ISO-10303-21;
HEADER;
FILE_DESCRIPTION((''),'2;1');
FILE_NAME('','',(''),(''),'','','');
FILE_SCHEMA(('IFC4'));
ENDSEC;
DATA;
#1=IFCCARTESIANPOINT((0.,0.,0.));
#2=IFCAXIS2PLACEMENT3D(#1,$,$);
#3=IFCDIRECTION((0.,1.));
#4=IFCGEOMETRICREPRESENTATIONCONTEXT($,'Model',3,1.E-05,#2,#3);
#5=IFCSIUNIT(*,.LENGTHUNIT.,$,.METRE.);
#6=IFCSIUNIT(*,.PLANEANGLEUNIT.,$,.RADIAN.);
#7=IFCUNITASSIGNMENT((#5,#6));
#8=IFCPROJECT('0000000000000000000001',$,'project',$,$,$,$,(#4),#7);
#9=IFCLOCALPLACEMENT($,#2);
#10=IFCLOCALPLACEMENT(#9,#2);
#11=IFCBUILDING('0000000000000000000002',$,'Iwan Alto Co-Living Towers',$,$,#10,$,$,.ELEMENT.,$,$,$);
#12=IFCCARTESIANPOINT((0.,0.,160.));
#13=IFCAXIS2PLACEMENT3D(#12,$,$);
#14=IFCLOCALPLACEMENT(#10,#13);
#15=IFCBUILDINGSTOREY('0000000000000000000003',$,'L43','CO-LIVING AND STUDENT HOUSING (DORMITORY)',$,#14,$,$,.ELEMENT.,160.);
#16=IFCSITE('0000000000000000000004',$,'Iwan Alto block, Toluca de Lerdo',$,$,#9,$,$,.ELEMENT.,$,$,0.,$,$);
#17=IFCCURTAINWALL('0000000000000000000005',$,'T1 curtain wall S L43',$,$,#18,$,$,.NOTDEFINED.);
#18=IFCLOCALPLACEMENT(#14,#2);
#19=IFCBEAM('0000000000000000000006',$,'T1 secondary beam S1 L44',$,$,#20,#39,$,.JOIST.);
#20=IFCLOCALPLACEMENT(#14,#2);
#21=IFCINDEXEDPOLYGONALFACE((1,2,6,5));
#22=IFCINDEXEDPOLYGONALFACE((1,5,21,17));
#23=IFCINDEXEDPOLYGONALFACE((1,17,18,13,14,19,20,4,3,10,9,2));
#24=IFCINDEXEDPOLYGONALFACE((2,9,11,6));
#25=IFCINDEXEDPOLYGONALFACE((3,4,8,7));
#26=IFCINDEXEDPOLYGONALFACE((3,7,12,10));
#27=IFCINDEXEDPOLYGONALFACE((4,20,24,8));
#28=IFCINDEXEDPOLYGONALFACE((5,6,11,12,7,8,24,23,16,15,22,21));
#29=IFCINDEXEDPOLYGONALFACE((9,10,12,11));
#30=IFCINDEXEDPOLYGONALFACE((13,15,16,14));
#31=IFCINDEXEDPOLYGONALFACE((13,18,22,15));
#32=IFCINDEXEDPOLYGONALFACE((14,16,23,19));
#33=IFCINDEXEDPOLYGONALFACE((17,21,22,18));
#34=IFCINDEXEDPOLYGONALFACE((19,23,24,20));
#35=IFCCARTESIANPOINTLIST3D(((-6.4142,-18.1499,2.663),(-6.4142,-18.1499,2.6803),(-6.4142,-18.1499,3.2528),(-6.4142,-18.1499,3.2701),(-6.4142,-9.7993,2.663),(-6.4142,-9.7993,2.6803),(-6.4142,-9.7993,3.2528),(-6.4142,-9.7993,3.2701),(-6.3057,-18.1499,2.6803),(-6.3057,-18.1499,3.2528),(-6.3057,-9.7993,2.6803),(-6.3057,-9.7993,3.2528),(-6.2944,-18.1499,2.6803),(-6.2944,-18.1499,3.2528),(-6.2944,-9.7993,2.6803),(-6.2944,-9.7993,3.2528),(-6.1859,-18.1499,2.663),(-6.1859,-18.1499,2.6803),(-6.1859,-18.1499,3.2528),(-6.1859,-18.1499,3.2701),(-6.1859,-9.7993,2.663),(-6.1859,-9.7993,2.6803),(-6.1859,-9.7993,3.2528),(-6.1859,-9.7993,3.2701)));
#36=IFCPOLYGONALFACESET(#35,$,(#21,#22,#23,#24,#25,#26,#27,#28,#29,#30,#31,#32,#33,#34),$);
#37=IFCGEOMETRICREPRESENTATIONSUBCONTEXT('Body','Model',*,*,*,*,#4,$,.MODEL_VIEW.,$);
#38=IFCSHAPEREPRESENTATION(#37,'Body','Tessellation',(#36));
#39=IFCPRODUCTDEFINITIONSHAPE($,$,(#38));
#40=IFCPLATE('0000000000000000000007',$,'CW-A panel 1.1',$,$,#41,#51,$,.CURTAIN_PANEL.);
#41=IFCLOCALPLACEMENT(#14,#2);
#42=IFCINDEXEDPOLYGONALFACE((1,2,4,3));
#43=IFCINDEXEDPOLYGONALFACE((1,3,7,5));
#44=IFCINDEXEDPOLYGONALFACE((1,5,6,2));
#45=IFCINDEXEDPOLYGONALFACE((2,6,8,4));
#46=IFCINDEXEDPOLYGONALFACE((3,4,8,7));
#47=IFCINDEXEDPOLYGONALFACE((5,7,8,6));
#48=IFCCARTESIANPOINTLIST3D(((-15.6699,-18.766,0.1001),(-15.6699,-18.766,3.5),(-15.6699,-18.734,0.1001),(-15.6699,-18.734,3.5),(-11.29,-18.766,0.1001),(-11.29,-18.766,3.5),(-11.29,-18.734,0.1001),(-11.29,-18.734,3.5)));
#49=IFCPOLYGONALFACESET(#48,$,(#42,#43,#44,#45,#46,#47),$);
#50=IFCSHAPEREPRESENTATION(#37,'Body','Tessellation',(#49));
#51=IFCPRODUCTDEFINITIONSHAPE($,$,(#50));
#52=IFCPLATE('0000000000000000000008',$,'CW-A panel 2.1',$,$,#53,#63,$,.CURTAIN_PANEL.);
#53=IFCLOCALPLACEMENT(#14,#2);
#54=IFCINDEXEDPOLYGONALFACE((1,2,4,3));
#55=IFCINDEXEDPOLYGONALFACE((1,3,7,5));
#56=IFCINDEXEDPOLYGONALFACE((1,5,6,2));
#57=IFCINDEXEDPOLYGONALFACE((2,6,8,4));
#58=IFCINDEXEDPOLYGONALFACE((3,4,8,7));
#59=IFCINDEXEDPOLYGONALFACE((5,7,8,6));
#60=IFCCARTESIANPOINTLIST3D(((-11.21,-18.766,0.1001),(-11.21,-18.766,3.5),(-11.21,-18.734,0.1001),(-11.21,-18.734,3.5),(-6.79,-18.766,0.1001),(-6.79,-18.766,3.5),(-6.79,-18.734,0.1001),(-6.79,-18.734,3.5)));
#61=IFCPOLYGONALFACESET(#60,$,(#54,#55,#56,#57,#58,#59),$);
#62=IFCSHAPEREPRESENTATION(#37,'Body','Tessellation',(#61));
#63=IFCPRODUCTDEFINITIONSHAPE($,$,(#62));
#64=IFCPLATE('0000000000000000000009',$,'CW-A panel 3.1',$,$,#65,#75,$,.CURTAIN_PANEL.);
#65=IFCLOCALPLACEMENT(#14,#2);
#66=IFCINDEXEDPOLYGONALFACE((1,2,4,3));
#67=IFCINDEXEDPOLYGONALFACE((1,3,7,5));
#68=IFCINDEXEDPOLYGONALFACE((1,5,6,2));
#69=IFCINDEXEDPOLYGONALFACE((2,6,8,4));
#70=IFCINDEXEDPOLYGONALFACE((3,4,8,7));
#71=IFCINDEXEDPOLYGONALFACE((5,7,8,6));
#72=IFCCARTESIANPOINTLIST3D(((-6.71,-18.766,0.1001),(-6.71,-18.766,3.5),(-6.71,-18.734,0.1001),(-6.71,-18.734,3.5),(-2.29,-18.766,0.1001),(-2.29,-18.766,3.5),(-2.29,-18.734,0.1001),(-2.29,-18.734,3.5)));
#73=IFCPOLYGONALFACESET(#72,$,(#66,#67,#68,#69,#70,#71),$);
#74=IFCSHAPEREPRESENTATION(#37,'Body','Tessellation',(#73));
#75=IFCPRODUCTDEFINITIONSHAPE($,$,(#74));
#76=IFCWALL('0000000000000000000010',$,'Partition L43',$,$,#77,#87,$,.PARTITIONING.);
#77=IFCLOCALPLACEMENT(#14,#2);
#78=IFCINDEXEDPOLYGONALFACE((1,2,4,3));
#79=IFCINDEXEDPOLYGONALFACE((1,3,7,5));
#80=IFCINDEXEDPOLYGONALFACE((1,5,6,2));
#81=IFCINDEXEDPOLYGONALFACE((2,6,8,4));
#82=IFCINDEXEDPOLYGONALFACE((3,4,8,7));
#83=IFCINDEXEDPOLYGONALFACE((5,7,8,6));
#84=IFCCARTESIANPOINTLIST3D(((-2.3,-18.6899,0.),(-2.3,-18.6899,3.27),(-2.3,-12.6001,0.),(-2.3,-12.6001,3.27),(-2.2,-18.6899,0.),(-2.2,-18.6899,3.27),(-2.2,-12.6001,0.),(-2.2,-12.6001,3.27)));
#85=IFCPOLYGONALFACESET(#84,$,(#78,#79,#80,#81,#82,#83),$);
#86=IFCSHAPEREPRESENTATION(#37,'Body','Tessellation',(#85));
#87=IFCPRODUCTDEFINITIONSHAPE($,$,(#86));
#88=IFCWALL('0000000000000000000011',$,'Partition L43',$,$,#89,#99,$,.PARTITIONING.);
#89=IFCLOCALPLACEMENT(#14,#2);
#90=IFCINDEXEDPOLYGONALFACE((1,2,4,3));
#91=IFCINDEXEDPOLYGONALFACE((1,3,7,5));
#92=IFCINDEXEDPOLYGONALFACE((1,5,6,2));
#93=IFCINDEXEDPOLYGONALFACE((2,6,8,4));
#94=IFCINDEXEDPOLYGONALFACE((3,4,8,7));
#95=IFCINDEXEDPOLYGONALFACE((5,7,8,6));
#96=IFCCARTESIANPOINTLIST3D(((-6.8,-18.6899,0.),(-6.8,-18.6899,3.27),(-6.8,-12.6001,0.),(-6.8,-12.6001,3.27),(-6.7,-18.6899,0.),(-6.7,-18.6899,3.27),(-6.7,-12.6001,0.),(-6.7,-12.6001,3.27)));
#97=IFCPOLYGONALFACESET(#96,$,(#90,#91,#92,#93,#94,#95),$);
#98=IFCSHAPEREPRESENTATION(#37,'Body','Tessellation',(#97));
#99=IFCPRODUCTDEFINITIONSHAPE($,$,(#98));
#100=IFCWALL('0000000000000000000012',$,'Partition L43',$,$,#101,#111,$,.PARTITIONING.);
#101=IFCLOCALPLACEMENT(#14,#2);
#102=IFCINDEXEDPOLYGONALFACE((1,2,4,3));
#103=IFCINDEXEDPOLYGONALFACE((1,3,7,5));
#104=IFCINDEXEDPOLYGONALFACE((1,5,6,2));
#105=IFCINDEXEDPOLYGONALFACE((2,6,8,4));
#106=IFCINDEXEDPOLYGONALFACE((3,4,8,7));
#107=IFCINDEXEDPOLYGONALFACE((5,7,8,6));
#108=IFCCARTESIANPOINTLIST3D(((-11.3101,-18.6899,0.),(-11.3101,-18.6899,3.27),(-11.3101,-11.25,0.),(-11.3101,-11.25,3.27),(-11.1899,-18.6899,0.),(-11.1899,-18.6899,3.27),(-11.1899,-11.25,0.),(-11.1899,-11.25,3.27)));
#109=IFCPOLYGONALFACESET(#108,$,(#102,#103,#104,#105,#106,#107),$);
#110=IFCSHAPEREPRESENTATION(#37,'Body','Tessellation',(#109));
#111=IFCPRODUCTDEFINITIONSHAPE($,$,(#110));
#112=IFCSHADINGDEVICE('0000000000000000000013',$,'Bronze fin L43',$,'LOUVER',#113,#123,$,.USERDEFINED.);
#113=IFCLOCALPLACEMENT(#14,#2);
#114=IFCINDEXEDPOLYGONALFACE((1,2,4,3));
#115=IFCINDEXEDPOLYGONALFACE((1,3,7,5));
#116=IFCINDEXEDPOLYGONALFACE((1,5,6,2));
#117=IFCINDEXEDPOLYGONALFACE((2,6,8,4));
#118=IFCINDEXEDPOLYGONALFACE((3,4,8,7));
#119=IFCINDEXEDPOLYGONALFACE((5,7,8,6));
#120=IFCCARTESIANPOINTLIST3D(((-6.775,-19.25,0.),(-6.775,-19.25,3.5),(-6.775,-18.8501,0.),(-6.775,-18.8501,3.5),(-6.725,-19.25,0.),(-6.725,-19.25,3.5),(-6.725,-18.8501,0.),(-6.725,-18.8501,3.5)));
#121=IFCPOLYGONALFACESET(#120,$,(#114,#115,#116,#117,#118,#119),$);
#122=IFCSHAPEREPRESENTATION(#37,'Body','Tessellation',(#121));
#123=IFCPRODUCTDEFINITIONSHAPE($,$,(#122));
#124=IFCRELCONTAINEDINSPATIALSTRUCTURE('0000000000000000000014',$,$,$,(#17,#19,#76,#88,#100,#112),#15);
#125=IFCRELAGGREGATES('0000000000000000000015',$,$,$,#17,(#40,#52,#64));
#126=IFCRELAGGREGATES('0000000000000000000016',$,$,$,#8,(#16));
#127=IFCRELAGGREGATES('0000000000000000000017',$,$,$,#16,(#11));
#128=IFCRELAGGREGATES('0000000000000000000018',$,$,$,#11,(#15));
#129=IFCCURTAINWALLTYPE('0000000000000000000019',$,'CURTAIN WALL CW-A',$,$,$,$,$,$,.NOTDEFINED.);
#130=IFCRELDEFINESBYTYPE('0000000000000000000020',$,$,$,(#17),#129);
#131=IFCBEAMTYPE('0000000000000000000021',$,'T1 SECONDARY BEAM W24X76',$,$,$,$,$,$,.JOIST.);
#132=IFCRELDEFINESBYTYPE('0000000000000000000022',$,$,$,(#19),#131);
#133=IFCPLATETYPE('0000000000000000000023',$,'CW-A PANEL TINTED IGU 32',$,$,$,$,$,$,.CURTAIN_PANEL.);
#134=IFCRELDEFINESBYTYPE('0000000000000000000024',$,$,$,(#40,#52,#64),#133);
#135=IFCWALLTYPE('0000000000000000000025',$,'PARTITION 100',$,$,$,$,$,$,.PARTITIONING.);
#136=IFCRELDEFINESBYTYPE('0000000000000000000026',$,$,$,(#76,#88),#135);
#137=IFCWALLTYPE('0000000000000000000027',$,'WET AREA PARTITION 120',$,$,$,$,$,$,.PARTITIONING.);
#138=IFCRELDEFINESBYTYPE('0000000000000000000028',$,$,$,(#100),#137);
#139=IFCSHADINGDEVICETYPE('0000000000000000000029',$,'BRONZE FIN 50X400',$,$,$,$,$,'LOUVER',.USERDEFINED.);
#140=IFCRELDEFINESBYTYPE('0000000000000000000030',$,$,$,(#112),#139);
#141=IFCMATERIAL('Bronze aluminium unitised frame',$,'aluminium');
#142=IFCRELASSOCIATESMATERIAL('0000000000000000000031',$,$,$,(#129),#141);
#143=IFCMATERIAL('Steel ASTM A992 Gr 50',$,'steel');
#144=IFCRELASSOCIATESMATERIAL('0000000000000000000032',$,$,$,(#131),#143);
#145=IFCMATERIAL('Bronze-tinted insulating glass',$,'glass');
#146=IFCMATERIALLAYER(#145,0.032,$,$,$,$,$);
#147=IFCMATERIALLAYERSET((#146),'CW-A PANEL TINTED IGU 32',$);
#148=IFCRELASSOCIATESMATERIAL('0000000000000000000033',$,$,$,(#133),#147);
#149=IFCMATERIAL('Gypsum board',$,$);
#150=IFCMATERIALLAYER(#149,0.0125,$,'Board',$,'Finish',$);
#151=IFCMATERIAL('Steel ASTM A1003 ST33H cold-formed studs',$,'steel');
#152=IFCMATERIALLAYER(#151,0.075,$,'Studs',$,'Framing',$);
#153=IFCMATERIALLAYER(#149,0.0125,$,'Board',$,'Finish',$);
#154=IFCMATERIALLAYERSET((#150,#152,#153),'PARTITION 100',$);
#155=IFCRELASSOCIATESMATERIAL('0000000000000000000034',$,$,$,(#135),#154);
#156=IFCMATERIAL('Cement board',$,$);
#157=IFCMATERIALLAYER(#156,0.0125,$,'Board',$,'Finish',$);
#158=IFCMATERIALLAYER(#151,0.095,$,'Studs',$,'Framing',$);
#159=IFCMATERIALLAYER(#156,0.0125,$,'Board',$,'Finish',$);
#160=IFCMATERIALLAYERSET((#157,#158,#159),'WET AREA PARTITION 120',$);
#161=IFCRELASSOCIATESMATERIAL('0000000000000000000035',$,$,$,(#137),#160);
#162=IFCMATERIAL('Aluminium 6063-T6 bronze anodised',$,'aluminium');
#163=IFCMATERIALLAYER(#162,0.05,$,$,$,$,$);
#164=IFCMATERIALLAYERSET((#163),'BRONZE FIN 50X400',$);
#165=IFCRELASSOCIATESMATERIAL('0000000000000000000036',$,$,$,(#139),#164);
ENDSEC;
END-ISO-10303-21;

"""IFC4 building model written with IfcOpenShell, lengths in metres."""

from ifc_helpers import new_model, si_unit, direction, frame, frame_2d, origin, origin_2d, place, context, subcontext, project, spatial, rectangle, i_section, extrude, material, layer, layer_set, material_profile, profile_set, type_object, element, aggregate, save


model = new_model("IFC4")

# Units and contexts
model_context = context("Model", 3, precision=1e-05, world=origin(), true_north=direction((0.0, 1.0)))
body_context = subcontext(model_context, "Body", "Model", "MODEL_VIEW")
ifc_project = project(units=[si_unit("LENGTHUNIT", "METRE"), si_unit("PLANEANGLEUNIT", "RADIAN")], contexts=[model_context])

# Site, building, storey
site_placement = place(None, origin())
site = spatial("IfcSite", under=ifc_project, at=site_placement, Name="Iwan Alto block, Toluca de Lerdo", CompositionType="ELEMENT", RefElevation=0.0)
building_placement = place(site_placement, origin())
building = spatial("IfcBuilding", under=site, at=building_placement, Name="Iwan Alto Co-Living Towers", CompositionType="ELEMENT")
storey_placement = place(building_placement, frame((0.0, 0.0, 160.0)))
storey = spatial("IfcBuildingStorey", under=building, at=storey_placement, Name="L43", Description="CO-LIVING AND STUDENT HOUSING (DORMITORY)", CompositionType="ELEMENT", Elevation=160.0)

# Curtain wall
ifc_material_1 = material(Name="Bronze aluminium unitised frame", Category="aluminium")
curtain_wall_type = type_object("IfcCurtainWallType", Name="CURTAIN WALL CW-A", PredefinedType="NOTDEFINED", material=ifc_material_1)
curtain_wall_placement = place(storey_placement, origin())
curtain_wall = element("IfcCurtainWall", 1, at=curtain_wall_placement, inside=storey, type_object=curtain_wall_type, Name="T1 curtain wall S L43", PredefinedType="NOTDEFINED")

# Beam
ifc_material_2 = material(Name="Steel ASTM A992 Gr 50", Category="steel")
ifc_material_profile_1 = material_profile(ifc_material_2, i_section(OverallWidth=0.2283, OverallDepth=0.6072, WebThickness=0.0112, FlangeThickness=0.0173, at=origin_2d()), Name="W24X76")
ifc_profile_set_1 = profile_set([ifc_material_profile_1], Name="Steel ASTM A992 Gr 50")
beam_type_1 = type_object("IfcBeamType", Name="T1 SECONDARY BEAM W24X76", PredefinedType="JOIST", material=ifc_profile_set_1)
beam_1_placement = place(storey_placement, frame((-6.3, -18.1499, 2.9666), z_axis=(0.0, 1.0, 0.0), x_axis=(-1.0, 0.0, 0.0)))
element("IfcBeam", 2, at=beam_1_placement, inside=storey, type_object=beam_type_1, Name="T1 secondary beam S1 L44", PredefinedType="JOIST", context=body_context, shape_type="SweptSolid", body=[
    extrude(i_section(OverallWidth=0.2283, OverallDepth=0.6072, WebThickness=0.0112, FlangeThickness=0.0173, at=origin_2d()), origin(), (0.0, 0.0, 1.0), 8.3506),
])

# Plates
ifc_material_3 = material(Name="Bronze-tinted insulating glass", Category="glass")
ifc_layer_1 = layer(ifc_material_3, 0.032)
ifc_layer_set_1 = layer_set([ifc_layer_1], Name="CW-A PANEL TINTED IGU 32")
plate_type = type_object("IfcPlateType", Name="CW-A PANEL TINTED IGU 32", PredefinedType="CURTAIN_PANEL", material=ifc_layer_set_1)
plate_1_placement = place(storey_placement, frame((-13.48, -18.75, 0.1001), z_axis=(0.0, 0.0, 1.0), x_axis=(1.0, 0.0, 0.0)))
plate_1 = element("IfcPlate", 3, at=plate_1_placement, type_object=plate_type, Name="CW-A panel 1.1", PredefinedType="CURTAIN_PANEL", context=body_context, shape_type="SweptSolid", body=[
    extrude(rectangle(XDim=4.3799, YDim=0.032, at=origin_2d()), origin(), (0.0, 0.0, 1.0), 3.3999),
])
plate_2_placement = place(storey_placement, frame((-9.0, -18.75, 0.1001), z_axis=(0.0, 0.0, 1.0), x_axis=(1.0, 0.0, 0.0)))
plate_2 = element("IfcPlate", 4, at=plate_2_placement, type_object=plate_type, Name="CW-A panel 2.1", PredefinedType="CURTAIN_PANEL", context=body_context, shape_type="SweptSolid", body=[
    extrude(rectangle(XDim=4.4199, YDim=0.032, at=origin_2d()), origin(), (0.0, 0.0, 1.0), 3.3999),
])
plate_3_placement = place(storey_placement, frame((-4.5, -18.75, 0.1001), z_axis=(0.0, 0.0, 1.0), x_axis=(1.0, 0.0, 0.0)))
plate_3 = element("IfcPlate", 5, at=plate_3_placement, type_object=plate_type, Name="CW-A panel 3.1", PredefinedType="CURTAIN_PANEL", context=body_context, shape_type="SweptSolid", body=[
    extrude(rectangle(XDim=4.4199, YDim=0.032, at=origin_2d()), origin(), (0.0, 0.0, 1.0), 3.3999),
])
aggregate(curtain_wall, [plate_1, plate_2, plate_3])

# Walls
ifc_material_4 = material(Name="Gypsum board")
ifc_layer_2 = layer(ifc_material_4, 0.0125, Name="Board", Category="Finish")
ifc_material_5 = material(Name="Steel ASTM A1003 ST33H cold-formed studs", Category="steel")
ifc_layer_3 = layer(ifc_material_5, 0.075, Name="Studs", Category="Framing")
ifc_layer_4 = layer(ifc_material_4, 0.0125, Name="Board", Category="Finish")
ifc_layer_set_2 = layer_set([ifc_layer_2, ifc_layer_3, ifc_layer_4], Name="PARTITION 100")
wall_type_1 = type_object("IfcWallType", Name="PARTITION 100", PredefinedType="PARTITIONING", material=ifc_layer_set_2)
for number, where, z_axis, x_axis, name in (
    (6, (-2.25, -18.6899, 0.0), (0.0, 0.0, 1.0), (0.0, 1.0, 0.0), "Partition L43"),
    (7, (-6.75, -18.6899, 0.0), (0.0, 0.0, 1.0), (0.0, 1.0, 0.0), "Partition L43"),
):
    element("IfcWall", number, at=place(storey_placement, frame(where, z_axis=z_axis, x_axis=x_axis)), inside=storey, type_object=wall_type_1, Name=name, PredefinedType="PARTITIONING", context=body_context, shape_type="SweptSolid", body=[
        extrude(rectangle(XDim=6.0898, YDim=0.1001, at=frame_2d((3.0449, 0.0))), origin(), (0.0, 0.0, 1.0), 3.27),
    ])
ifc_material_6 = material(Name="Cement board")
ifc_layer_5 = layer(ifc_material_6, 0.0125, Name="Board", Category="Finish")
ifc_layer_6 = layer(ifc_material_5, 0.095, Name="Studs", Category="Framing")
ifc_layer_7 = layer(ifc_material_6, 0.0125, Name="Board", Category="Finish")
ifc_layer_set_3 = layer_set([ifc_layer_5, ifc_layer_6, ifc_layer_7], Name="WET AREA PARTITION 120")
wall_type_2 = type_object("IfcWallType", Name="WET AREA PARTITION 120", PredefinedType="PARTITIONING", material=ifc_layer_set_3)
wall_placement = place(storey_placement, frame((-11.25, -18.6899, 0.0), z_axis=(0.0, 0.0, 1.0), x_axis=(0.0, 1.0, 0.0)))
element("IfcWall", 8, at=wall_placement, inside=storey, type_object=wall_type_2, Name="Partition L43", PredefinedType="PARTITIONING", context=body_context, shape_type="SweptSolid", body=[
    extrude(rectangle(XDim=7.4399, YDim=0.1201, at=frame_2d((3.72, 0.0))), origin(), (0.0, 0.0, 1.0), 3.27),
])

# Shading device
ifc_material_7 = material(Name="Aluminium 6063-T6 bronze anodised", Category="aluminium")
ifc_layer_8 = layer(ifc_material_7, 0.05)
ifc_layer_set_4 = layer_set([ifc_layer_8], Name="BRONZE FIN 50X400")
shading_device_type = type_object("IfcShadingDeviceType", Name="BRONZE FIN 50X400", ElementType="LOUVER", PredefinedType="USERDEFINED", material=ifc_layer_set_4)
shading_device_placement = place(storey_placement, frame((-6.75, -19.05, 0.0), z_axis=(0.0, 0.0, 1.0), x_axis=(1.0, 0.0, 0.0)))
element("IfcShadingDevice", 9, at=shading_device_placement, inside=storey, type_object=shading_device_type, Name="Bronze fin L43", ObjectType="LOUVER", PredefinedType="USERDEFINED", context=body_context, shape_type="SweptSolid", body=[
    extrude(rectangle(XDim=0.05, YDim=0.3999, at=origin_2d()), origin(), (0.0, 0.0, 1.0), 3.5),
])

save(model, "model.ifc")
